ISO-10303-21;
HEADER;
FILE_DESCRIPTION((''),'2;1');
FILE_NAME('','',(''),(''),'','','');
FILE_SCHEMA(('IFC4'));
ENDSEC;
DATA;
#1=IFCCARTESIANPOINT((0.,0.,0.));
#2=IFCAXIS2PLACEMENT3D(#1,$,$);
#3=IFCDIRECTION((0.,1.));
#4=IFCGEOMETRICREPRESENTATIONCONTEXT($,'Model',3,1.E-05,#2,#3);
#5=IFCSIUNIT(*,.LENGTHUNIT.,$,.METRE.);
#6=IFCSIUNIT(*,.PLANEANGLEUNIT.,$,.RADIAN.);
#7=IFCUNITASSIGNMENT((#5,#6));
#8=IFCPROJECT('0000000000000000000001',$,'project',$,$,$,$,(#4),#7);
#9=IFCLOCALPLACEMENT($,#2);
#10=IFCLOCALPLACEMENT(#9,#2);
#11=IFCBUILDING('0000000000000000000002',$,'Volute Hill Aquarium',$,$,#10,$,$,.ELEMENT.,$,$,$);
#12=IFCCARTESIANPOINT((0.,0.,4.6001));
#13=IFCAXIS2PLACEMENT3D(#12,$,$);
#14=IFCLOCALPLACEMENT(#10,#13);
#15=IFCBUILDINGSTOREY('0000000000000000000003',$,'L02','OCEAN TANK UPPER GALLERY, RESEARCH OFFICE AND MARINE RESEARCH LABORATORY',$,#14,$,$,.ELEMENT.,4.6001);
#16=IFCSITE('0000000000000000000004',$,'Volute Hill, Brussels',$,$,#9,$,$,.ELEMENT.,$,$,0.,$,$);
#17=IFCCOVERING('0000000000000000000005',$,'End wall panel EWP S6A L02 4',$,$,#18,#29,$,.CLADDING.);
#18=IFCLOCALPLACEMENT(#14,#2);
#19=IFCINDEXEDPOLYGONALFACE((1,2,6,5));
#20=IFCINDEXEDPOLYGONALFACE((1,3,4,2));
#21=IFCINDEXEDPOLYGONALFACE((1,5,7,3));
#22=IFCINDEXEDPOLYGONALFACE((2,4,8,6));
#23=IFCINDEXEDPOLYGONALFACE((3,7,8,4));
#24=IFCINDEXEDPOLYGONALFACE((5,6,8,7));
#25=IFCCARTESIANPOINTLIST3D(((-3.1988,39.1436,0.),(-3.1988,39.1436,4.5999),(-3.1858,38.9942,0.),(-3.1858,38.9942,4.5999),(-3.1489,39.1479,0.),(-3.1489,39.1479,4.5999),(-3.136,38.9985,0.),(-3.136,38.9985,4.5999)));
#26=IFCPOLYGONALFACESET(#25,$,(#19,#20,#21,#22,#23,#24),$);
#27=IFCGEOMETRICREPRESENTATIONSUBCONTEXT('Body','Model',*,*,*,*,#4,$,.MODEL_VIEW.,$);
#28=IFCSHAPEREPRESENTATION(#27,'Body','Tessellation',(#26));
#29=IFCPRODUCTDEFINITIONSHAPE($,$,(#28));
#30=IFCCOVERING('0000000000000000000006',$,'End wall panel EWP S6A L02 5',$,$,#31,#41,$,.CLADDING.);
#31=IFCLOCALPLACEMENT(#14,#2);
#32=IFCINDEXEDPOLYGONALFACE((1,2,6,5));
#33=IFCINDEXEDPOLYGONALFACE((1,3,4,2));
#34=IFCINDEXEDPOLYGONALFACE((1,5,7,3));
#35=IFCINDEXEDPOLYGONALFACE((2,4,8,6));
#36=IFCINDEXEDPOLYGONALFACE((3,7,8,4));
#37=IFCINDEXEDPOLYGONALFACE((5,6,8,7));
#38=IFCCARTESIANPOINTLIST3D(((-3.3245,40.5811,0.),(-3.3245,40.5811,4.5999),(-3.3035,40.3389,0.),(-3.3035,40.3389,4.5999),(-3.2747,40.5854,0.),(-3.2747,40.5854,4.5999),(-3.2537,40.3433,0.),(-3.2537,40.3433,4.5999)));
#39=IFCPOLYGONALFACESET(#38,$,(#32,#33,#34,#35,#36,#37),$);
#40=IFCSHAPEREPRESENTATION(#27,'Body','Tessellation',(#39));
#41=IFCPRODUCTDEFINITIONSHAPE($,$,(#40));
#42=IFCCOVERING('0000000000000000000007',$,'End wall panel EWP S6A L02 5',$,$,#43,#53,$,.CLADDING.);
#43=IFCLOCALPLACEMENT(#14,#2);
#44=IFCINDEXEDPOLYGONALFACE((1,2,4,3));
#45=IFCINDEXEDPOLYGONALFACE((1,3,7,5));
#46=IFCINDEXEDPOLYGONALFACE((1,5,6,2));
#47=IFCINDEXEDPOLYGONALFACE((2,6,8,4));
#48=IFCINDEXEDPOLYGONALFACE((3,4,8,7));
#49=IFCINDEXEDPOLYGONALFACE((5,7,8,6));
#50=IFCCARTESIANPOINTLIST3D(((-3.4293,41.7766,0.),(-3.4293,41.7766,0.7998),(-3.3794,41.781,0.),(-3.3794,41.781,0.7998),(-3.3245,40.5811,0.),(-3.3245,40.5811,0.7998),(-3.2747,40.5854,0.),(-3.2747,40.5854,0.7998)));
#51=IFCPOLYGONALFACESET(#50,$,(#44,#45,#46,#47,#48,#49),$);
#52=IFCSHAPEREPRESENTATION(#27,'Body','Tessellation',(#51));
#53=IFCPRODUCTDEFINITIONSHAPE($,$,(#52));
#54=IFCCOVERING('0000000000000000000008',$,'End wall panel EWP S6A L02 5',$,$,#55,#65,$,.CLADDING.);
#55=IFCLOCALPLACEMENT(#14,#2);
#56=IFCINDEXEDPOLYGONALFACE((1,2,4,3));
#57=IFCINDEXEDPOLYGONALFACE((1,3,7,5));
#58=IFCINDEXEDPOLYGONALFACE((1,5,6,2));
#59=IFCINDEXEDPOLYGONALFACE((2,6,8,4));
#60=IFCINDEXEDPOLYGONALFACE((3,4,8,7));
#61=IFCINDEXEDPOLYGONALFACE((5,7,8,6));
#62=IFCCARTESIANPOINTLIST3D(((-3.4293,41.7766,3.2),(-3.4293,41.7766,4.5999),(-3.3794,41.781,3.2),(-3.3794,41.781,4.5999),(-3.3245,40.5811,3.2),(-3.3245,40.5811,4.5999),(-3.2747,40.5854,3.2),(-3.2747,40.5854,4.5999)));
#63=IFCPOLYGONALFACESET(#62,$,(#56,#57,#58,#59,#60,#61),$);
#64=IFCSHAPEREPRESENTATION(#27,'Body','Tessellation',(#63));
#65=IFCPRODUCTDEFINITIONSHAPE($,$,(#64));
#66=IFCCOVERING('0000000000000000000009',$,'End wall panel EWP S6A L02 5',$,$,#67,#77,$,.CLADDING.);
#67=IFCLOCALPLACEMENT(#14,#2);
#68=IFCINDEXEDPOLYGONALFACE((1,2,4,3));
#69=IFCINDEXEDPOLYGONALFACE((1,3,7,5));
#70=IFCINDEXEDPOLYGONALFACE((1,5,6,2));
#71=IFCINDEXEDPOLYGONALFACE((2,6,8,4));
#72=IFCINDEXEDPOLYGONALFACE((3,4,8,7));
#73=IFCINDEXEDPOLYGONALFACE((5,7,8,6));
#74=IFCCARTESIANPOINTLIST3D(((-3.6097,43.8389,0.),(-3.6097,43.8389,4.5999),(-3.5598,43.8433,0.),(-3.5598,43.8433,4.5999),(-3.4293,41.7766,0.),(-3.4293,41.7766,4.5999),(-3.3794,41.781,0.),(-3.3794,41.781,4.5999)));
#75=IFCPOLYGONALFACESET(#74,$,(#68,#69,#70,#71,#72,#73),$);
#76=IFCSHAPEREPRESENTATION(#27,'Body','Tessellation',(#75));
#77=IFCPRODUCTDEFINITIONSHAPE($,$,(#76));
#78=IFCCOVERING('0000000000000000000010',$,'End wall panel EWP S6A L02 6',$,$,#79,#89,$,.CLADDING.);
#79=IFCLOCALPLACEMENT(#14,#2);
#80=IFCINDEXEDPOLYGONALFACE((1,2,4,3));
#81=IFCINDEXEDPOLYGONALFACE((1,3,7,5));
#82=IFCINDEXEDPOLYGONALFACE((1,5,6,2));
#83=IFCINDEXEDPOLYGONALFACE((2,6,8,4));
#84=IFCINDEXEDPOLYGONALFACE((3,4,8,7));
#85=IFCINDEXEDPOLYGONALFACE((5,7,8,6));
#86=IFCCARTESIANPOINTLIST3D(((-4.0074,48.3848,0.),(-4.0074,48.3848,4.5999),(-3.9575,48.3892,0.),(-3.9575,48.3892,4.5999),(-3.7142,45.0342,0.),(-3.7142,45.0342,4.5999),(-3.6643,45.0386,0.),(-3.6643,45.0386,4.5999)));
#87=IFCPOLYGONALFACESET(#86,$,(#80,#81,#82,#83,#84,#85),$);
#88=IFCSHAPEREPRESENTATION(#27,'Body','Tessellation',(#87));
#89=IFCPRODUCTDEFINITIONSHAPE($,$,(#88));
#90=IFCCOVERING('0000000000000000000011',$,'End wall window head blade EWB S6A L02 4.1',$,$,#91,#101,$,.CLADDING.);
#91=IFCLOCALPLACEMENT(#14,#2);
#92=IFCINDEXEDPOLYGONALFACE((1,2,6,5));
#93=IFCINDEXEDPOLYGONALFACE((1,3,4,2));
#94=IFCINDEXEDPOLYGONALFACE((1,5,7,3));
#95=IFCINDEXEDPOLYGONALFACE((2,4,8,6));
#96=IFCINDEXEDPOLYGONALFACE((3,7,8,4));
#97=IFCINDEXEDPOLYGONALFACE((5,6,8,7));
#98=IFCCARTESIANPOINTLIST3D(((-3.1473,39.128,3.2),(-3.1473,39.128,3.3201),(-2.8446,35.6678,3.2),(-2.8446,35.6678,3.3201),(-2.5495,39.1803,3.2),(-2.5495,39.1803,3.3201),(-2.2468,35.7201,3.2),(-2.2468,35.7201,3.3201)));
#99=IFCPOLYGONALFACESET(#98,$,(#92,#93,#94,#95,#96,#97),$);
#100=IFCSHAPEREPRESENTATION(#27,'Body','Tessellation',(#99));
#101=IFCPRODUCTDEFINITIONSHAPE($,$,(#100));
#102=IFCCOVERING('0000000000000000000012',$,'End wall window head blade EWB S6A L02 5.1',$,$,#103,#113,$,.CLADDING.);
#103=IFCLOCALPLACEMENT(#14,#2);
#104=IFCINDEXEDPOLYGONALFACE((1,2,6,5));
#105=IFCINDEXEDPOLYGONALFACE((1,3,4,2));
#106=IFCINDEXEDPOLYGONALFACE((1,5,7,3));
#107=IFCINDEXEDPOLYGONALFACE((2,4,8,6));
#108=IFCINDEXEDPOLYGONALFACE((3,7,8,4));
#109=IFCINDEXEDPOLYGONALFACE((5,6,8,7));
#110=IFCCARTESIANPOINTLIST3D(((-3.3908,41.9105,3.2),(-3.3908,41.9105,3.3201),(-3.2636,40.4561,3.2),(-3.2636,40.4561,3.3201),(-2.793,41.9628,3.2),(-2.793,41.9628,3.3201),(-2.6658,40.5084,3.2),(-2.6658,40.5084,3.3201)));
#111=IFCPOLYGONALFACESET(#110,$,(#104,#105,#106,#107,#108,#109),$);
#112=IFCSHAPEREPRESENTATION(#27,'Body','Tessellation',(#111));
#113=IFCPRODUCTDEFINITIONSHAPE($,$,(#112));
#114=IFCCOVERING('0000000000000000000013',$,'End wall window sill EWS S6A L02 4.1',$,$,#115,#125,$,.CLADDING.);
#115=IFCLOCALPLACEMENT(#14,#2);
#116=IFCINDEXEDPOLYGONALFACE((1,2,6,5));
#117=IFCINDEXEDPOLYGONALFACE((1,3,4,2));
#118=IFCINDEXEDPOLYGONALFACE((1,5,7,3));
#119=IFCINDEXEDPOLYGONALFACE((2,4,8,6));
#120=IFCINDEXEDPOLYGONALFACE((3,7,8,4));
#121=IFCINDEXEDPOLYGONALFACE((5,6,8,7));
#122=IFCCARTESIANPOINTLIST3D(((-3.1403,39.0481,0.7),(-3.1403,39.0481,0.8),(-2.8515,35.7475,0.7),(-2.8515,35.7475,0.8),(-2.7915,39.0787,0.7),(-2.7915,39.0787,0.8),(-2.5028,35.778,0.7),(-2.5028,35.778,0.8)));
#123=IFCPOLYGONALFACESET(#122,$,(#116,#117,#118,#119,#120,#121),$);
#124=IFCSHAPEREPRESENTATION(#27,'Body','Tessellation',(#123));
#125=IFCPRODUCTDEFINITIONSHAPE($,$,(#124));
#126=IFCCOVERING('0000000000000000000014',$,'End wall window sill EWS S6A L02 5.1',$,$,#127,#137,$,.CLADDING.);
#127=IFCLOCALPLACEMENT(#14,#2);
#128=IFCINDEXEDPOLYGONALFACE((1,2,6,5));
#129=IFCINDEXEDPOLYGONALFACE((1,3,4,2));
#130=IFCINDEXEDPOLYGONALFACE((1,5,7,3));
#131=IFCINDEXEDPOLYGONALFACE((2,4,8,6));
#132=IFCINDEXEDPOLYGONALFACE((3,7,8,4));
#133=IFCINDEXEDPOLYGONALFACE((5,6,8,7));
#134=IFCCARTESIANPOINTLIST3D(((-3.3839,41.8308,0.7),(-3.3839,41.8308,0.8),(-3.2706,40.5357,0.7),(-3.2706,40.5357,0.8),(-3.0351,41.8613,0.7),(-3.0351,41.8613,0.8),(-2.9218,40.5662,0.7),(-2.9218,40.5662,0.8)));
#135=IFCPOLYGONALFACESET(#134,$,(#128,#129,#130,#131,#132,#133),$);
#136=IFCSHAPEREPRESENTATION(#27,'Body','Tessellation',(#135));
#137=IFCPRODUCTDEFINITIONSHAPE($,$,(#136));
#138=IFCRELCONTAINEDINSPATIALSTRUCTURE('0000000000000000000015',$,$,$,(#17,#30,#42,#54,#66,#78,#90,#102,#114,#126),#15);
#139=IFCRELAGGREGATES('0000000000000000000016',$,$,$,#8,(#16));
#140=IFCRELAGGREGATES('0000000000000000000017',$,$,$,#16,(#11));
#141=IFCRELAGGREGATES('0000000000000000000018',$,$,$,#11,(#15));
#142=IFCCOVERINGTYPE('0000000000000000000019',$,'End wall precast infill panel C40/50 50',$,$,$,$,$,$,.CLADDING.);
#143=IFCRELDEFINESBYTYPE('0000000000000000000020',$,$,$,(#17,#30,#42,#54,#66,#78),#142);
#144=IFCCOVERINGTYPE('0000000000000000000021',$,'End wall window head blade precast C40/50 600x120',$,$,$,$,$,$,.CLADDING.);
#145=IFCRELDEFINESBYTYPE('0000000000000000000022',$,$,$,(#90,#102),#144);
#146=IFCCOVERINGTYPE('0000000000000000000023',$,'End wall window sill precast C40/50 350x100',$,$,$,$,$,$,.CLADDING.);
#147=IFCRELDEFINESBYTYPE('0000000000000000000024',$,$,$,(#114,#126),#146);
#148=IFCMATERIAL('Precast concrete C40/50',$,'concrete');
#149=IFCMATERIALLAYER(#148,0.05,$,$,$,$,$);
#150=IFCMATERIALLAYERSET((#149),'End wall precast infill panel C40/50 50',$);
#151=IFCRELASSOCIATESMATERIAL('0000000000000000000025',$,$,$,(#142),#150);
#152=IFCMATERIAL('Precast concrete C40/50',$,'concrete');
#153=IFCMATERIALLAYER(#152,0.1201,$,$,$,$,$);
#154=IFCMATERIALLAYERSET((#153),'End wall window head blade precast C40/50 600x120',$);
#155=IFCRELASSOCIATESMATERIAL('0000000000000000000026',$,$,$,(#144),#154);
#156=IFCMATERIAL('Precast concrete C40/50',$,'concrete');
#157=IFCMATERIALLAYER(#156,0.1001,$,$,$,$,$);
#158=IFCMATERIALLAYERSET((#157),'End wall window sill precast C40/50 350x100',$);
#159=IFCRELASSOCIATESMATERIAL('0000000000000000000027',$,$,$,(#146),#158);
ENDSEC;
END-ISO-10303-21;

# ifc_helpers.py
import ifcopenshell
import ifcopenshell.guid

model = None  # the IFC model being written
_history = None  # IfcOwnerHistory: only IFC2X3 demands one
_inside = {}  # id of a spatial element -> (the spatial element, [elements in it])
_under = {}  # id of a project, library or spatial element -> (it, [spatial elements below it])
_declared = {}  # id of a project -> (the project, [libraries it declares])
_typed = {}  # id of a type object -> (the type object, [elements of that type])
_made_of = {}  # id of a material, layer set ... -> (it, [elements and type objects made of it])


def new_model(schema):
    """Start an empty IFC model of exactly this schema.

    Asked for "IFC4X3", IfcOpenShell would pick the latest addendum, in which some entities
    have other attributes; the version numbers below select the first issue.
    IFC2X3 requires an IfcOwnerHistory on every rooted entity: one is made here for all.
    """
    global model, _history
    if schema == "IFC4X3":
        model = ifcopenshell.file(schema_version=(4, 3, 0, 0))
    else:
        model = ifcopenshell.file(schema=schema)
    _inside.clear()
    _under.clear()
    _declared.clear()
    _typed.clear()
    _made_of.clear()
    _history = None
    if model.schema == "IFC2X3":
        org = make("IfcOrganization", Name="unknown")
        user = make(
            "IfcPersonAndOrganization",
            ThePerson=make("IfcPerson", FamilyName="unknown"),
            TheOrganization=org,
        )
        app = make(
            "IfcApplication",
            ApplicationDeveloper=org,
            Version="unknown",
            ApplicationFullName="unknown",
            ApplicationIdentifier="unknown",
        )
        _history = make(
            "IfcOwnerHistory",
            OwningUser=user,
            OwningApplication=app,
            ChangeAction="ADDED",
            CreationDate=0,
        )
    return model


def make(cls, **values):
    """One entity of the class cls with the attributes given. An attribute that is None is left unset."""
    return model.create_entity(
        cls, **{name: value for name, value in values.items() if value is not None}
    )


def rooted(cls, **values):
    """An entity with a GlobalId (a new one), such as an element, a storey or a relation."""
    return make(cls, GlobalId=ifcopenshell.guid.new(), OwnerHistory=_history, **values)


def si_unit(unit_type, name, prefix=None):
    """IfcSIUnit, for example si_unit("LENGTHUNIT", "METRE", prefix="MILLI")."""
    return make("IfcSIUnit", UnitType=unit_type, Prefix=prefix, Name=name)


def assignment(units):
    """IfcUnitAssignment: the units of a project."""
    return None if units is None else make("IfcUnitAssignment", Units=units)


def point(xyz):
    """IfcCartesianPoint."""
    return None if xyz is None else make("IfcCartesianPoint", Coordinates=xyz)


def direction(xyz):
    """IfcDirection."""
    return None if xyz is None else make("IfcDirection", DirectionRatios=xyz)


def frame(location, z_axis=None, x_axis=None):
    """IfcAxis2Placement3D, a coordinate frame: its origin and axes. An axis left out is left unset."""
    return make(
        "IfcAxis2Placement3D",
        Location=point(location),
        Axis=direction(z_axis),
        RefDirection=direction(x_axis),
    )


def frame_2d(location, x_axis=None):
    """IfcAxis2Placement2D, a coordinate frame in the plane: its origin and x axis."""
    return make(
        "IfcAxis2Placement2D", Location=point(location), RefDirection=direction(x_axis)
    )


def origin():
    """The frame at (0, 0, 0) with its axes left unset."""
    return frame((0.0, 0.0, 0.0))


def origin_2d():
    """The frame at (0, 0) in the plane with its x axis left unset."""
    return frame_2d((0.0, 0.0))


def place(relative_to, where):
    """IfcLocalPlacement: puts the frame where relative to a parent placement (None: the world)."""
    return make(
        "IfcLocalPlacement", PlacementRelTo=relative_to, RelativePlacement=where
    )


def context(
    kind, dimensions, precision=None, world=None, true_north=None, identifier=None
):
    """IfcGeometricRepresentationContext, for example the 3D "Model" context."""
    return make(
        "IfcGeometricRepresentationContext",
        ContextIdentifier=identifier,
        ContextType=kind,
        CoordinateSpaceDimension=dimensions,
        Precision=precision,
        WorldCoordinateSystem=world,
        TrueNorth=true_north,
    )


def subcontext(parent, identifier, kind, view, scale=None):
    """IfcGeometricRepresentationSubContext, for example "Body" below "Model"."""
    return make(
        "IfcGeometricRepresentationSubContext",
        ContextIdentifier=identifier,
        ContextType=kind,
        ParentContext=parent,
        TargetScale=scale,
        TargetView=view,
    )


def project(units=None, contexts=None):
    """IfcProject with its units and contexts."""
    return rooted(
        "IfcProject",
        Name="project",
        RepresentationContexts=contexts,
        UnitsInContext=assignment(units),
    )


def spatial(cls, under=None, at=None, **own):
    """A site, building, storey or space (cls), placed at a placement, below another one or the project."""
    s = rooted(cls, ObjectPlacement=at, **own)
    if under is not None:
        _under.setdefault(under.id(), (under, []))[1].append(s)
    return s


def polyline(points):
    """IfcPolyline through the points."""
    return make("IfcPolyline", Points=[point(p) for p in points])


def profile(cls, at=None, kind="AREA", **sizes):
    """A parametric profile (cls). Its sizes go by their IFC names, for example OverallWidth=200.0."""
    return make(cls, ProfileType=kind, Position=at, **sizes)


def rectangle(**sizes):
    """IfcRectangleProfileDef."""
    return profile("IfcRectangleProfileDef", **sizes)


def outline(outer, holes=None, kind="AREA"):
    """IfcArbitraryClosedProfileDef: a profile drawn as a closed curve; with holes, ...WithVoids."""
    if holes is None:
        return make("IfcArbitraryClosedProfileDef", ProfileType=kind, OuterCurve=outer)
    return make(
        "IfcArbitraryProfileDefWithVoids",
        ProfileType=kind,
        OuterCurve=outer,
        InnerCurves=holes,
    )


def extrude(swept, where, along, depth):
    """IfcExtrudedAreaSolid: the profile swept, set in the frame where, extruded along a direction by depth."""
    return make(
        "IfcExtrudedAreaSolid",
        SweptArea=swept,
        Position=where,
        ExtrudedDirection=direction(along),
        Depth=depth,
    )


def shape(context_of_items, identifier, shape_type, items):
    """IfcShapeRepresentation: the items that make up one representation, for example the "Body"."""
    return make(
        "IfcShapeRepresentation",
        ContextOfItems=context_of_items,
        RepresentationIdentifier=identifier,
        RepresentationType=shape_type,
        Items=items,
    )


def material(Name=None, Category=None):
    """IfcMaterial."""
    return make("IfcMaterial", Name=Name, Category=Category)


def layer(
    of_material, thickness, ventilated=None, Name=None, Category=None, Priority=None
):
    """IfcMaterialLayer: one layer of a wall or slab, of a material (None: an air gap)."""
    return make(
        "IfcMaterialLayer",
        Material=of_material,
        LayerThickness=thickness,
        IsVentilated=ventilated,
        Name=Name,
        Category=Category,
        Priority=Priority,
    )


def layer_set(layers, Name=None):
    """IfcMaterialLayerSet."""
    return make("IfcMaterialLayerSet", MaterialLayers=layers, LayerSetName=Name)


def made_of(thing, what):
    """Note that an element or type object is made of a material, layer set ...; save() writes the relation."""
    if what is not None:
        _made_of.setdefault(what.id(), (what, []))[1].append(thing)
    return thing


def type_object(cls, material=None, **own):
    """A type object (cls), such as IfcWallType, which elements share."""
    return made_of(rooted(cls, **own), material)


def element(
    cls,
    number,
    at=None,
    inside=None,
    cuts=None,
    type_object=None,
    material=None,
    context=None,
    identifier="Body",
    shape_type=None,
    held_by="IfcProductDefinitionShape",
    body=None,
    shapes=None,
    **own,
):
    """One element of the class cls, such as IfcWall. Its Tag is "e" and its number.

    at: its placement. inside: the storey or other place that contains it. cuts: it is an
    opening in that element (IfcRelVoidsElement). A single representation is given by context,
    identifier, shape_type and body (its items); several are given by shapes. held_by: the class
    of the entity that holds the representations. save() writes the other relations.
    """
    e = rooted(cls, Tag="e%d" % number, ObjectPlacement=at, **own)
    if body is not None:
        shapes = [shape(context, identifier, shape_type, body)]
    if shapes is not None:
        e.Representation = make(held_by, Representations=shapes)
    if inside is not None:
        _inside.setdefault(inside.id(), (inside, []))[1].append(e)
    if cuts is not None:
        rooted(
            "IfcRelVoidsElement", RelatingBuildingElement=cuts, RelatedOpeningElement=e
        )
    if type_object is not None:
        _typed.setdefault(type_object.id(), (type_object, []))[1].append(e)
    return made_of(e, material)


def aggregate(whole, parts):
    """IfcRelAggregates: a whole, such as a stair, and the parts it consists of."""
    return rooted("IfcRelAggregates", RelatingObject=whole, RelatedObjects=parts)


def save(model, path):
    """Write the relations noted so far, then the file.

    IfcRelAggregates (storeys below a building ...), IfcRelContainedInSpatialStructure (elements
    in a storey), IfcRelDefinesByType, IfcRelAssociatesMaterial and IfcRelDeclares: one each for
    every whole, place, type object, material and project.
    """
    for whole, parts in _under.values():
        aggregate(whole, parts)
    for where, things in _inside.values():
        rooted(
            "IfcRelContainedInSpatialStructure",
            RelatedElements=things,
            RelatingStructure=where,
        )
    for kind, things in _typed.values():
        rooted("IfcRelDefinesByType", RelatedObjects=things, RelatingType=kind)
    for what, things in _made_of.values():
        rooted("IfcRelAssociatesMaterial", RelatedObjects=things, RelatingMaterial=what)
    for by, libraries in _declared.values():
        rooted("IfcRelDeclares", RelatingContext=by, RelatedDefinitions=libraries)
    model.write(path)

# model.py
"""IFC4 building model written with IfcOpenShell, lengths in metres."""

from ifc_helpers import new_model, si_unit, direction, frame, origin, origin_2d, place, context, subcontext, project, spatial, polyline, rectangle, outline, extrude, material, layer, layer_set, type_object, element, save


model = new_model("IFC4")

# Units and contexts
model_context = context("Model", 3, precision=1e-05, world=origin(), true_north=direction((0.0, 1.0)))
body_context = subcontext(model_context, "Body", "Model", "MODEL_VIEW")
ifc_project = project(units=[si_unit("LENGTHUNIT", "METRE"), si_unit("PLANEANGLEUNIT", "RADIAN")], contexts=[model_context])

# Site, building, storey
site_placement = place(None, origin())
site = spatial("IfcSite", under=ifc_project, at=site_placement, Name="Volute Hill, Brussels", CompositionType="ELEMENT", RefElevation=0.0)
building_placement = place(site_placement, origin())
building = spatial("IfcBuilding", under=site, at=building_placement, Name="Volute Hill Aquarium", CompositionType="ELEMENT")
storey_placement = place(building_placement, frame((0.0, 0.0, 4.6001)))
storey = spatial("IfcBuildingStorey", under=building, at=storey_placement, Name="L02", Description="OCEAN TANK UPPER GALLERY, RESEARCH OFFICE AND MARINE RESEARCH LABORATORY", CompositionType="ELEMENT", Elevation=4.6001)

# Coverings
ifc_material_1 = material(Name="Precast concrete C40/50", Category="concrete")
ifc_layer_1 = layer(ifc_material_1, 0.05)
ifc_layer_set_1 = layer_set([ifc_layer_1], Name="End wall precast infill panel C40/50 50")
covering_type_1 = type_object("IfcCoveringType", Name="End wall precast infill panel C40/50 50", PredefinedType="CLADDING", material=ifc_layer_set_1)
covering_1_placement = place(storey_placement, frame((-3.136, 38.9985, 0.0), z_axis=(0.996271, 0.086278, 0.0), x_axis=(-0.086278, 0.996271, 0.0)))
element("IfcCovering", 1, at=covering_1_placement, inside=storey, type_object=covering_type_1, Name="End wall panel EWP S6A L02 4", PredefinedType="CLADDING", context=body_context, shape_type="SweptSolid", body=[
    extrude(outline(polyline([(0.0, 0.0), (0.15, 0.0), (0.15, 4.5999), (0.0, 4.5999), (0.0, 0.0)])), origin(), (0.0, 0.0, -1.0), 0.05),
])
covering_2_placement = place(storey_placement, frame((-3.2537, 40.3433, 0.0), z_axis=(0.996263, 0.08637, 0.0), x_axis=(-0.08637, 0.996263, 0.0)))
element("IfcCovering", 2, at=covering_2_placement, inside=storey, type_object=covering_type_1, Name="End wall panel EWP S6A L02 5", PredefinedType="CLADDING", context=body_context, shape_type="SweptSolid", body=[
    extrude(outline(polyline([(0.0, 0.0), (0.2431, 0.0), (0.2431, 4.5999), (0.0, 4.5999), (0.0, 0.0)])), origin(), (0.0, 0.0, -1.0), 0.05),
])
covering_3_placement = place(storey_placement, frame((-3.2747, 40.5854, 0.0), z_axis=(0.996185, 0.08727, 0.0), x_axis=(-0.08727, 0.996185, 0.0)))
element("IfcCovering", 3, at=covering_3_placement, inside=storey, type_object=covering_type_1, Name="End wall panel EWP S6A L02 5", PredefinedType="CLADDING", context=body_context, shape_type="SweptSolid", body=[
    extrude(outline(polyline([(0.0, 0.0), (1.2001, 0.0), (1.2001, 0.7998), (0.0, 0.7998), (0.0, 0.0)])), origin(), (0.0, 0.0, -1.0), 0.05),
])
covering_4_placement = place(storey_placement, frame((-3.2747, 40.5854, 3.2), z_axis=(0.996185, 0.08727, 0.0), x_axis=(-0.08727, 0.996185, 0.0)))
element("IfcCovering", 4, at=covering_4_placement, inside=storey, type_object=covering_type_1, Name="End wall panel EWP S6A L02 5", PredefinedType="CLADDING", context=body_context, shape_type="SweptSolid", body=[
    extrude(outline(polyline([(0.0, 0.0), (1.2001, 0.0), (1.2001, 1.3999), (0.0, 1.3999), (0.0, 0.0)])), origin(), (0.0, 0.0, -1.0), 0.05),
])
covering_5_placement = place(storey_placement, frame((-3.3794, 41.781, 0.0), z_axis=(0.996195, 0.087154, 0.0), x_axis=(-0.087154, 0.996195, 0.0)))
element("IfcCovering", 5, at=covering_5_placement, inside=storey, type_object=covering_type_1, Name="End wall panel EWP S6A L02 5", PredefinedType="CLADDING", context=body_context, shape_type="SweptSolid", body=[
    extrude(outline(polyline([(0.0, 0.0), (2.0701, 0.0), (2.0701, 4.5999), (0.0, 4.5999), (0.0, 0.0)])), origin(), (0.0, 0.0, -1.0), 0.05),
])
covering_6_placement = place(storey_placement, frame((-3.6643, 45.0386, 0.0), z_axis=(0.996193, 0.087178, 0.0), x_axis=(-0.087178, 0.996193, 0.0)))
element("IfcCovering", 6, at=covering_6_placement, inside=storey, type_object=covering_type_1, Name="End wall panel EWP S6A L02 6", PredefinedType="CLADDING", context=body_context, shape_type="SweptSolid", body=[
    extrude(outline(polyline([(0.0, 0.0), (3.3634, 0.0), (3.3634, 4.5999), (0.0, 4.5999), (0.0, 0.0)])), origin(), (0.0, 0.0, -1.0), 0.05),
])
ifc_material_2 = material(Name="Precast concrete C40/50", Category="concrete")
ifc_layer_2 = layer(ifc_material_2, 0.1201)
ifc_layer_set_2 = layer_set([ifc_layer_2], Name="End wall window head blade precast C40/50 600x120")
covering_type_2 = type_object("IfcCoveringType", Name="End wall window head blade precast C40/50 600x120", PredefinedType="CLADDING", material=ifc_layer_set_2)
covering_7_placement = place(storey_placement, frame((-2.697, 37.4241, 3.2), z_axis=(0.0, 0.0, 1.0), x_axis=(-0.087155, 0.996195, 0.0)))
element("IfcCovering", 7, at=covering_7_placement, inside=storey, type_object=covering_type_2, Name="End wall window head blade EWB S6A L02 4.1", PredefinedType="CLADDING", context=body_context, shape_type="SweptSolid", body=[
    extrude(rectangle(XDim=3.4734, YDim=0.6001, at=origin_2d()), origin(), (0.0, 0.0, 1.0), 0.1201),
])
covering_8_placement = place(storey_placement, frame((-3.0283, 41.2095, 3.2), z_axis=(0.0, 0.0, 1.0), x_axis=(-0.087155, 0.996195, 0.0)))
element("IfcCovering", 8, at=covering_8_placement, inside=storey, type_object=covering_type_2, Name="End wall window head blade EWB S6A L02 5.1", PredefinedType="CLADDING", context=body_context, shape_type="SweptSolid", body=[
    extrude(rectangle(XDim=1.46, YDim=0.6001, at=origin_2d()), origin(), (0.0, 0.0, 1.0), 0.1201),
])
ifc_material_3 = material(Name="Precast concrete C40/50", Category="concrete")
ifc_layer_3 = layer(ifc_material_3, 0.1001)
ifc_layer_set_3 = layer_set([ifc_layer_3], Name="End wall window sill precast C40/50 350x100")
covering_type_3 = type_object("IfcCoveringType", Name="End wall window sill precast C40/50 350x100", PredefinedType="CLADDING", material=ifc_layer_set_3)
covering_9_placement = place(storey_placement, frame((-2.8215, 37.4131, 0.7), z_axis=(0.0, 0.0, 1.0), x_axis=(-0.087155, 0.996195, 0.0)))
element("IfcCovering", 9, at=covering_9_placement, inside=storey, type_object=covering_type_3, Name="End wall window sill EWS S6A L02 4.1", PredefinedType="CLADDING", context=body_context, shape_type="SweptSolid", body=[
    extrude(rectangle(XDim=3.3132, YDim=0.3501, at=origin_2d()), origin(), (0.0, 0.0, 1.0), 0.1001),
])
covering_10_placement = place(storey_placement, frame((-3.1528, 41.1985, 0.7), z_axis=(0.0, 0.0, 1.0), x_axis=(-0.087155, 0.996195, 0.0)))
element("IfcCovering", 10, at=covering_10_placement, inside=storey, type_object=covering_type_3, Name="End wall window sill EWS S6A L02 5.1", PredefinedType="CLADDING", context=body_context, shape_type="SweptSolid", body=[
    extrude(rectangle(XDim=1.3, YDim=0.3501, at=origin_2d()), origin(), (0.0, 0.0, 1.0), 0.1001),
])

save(model, "model.ifc")
